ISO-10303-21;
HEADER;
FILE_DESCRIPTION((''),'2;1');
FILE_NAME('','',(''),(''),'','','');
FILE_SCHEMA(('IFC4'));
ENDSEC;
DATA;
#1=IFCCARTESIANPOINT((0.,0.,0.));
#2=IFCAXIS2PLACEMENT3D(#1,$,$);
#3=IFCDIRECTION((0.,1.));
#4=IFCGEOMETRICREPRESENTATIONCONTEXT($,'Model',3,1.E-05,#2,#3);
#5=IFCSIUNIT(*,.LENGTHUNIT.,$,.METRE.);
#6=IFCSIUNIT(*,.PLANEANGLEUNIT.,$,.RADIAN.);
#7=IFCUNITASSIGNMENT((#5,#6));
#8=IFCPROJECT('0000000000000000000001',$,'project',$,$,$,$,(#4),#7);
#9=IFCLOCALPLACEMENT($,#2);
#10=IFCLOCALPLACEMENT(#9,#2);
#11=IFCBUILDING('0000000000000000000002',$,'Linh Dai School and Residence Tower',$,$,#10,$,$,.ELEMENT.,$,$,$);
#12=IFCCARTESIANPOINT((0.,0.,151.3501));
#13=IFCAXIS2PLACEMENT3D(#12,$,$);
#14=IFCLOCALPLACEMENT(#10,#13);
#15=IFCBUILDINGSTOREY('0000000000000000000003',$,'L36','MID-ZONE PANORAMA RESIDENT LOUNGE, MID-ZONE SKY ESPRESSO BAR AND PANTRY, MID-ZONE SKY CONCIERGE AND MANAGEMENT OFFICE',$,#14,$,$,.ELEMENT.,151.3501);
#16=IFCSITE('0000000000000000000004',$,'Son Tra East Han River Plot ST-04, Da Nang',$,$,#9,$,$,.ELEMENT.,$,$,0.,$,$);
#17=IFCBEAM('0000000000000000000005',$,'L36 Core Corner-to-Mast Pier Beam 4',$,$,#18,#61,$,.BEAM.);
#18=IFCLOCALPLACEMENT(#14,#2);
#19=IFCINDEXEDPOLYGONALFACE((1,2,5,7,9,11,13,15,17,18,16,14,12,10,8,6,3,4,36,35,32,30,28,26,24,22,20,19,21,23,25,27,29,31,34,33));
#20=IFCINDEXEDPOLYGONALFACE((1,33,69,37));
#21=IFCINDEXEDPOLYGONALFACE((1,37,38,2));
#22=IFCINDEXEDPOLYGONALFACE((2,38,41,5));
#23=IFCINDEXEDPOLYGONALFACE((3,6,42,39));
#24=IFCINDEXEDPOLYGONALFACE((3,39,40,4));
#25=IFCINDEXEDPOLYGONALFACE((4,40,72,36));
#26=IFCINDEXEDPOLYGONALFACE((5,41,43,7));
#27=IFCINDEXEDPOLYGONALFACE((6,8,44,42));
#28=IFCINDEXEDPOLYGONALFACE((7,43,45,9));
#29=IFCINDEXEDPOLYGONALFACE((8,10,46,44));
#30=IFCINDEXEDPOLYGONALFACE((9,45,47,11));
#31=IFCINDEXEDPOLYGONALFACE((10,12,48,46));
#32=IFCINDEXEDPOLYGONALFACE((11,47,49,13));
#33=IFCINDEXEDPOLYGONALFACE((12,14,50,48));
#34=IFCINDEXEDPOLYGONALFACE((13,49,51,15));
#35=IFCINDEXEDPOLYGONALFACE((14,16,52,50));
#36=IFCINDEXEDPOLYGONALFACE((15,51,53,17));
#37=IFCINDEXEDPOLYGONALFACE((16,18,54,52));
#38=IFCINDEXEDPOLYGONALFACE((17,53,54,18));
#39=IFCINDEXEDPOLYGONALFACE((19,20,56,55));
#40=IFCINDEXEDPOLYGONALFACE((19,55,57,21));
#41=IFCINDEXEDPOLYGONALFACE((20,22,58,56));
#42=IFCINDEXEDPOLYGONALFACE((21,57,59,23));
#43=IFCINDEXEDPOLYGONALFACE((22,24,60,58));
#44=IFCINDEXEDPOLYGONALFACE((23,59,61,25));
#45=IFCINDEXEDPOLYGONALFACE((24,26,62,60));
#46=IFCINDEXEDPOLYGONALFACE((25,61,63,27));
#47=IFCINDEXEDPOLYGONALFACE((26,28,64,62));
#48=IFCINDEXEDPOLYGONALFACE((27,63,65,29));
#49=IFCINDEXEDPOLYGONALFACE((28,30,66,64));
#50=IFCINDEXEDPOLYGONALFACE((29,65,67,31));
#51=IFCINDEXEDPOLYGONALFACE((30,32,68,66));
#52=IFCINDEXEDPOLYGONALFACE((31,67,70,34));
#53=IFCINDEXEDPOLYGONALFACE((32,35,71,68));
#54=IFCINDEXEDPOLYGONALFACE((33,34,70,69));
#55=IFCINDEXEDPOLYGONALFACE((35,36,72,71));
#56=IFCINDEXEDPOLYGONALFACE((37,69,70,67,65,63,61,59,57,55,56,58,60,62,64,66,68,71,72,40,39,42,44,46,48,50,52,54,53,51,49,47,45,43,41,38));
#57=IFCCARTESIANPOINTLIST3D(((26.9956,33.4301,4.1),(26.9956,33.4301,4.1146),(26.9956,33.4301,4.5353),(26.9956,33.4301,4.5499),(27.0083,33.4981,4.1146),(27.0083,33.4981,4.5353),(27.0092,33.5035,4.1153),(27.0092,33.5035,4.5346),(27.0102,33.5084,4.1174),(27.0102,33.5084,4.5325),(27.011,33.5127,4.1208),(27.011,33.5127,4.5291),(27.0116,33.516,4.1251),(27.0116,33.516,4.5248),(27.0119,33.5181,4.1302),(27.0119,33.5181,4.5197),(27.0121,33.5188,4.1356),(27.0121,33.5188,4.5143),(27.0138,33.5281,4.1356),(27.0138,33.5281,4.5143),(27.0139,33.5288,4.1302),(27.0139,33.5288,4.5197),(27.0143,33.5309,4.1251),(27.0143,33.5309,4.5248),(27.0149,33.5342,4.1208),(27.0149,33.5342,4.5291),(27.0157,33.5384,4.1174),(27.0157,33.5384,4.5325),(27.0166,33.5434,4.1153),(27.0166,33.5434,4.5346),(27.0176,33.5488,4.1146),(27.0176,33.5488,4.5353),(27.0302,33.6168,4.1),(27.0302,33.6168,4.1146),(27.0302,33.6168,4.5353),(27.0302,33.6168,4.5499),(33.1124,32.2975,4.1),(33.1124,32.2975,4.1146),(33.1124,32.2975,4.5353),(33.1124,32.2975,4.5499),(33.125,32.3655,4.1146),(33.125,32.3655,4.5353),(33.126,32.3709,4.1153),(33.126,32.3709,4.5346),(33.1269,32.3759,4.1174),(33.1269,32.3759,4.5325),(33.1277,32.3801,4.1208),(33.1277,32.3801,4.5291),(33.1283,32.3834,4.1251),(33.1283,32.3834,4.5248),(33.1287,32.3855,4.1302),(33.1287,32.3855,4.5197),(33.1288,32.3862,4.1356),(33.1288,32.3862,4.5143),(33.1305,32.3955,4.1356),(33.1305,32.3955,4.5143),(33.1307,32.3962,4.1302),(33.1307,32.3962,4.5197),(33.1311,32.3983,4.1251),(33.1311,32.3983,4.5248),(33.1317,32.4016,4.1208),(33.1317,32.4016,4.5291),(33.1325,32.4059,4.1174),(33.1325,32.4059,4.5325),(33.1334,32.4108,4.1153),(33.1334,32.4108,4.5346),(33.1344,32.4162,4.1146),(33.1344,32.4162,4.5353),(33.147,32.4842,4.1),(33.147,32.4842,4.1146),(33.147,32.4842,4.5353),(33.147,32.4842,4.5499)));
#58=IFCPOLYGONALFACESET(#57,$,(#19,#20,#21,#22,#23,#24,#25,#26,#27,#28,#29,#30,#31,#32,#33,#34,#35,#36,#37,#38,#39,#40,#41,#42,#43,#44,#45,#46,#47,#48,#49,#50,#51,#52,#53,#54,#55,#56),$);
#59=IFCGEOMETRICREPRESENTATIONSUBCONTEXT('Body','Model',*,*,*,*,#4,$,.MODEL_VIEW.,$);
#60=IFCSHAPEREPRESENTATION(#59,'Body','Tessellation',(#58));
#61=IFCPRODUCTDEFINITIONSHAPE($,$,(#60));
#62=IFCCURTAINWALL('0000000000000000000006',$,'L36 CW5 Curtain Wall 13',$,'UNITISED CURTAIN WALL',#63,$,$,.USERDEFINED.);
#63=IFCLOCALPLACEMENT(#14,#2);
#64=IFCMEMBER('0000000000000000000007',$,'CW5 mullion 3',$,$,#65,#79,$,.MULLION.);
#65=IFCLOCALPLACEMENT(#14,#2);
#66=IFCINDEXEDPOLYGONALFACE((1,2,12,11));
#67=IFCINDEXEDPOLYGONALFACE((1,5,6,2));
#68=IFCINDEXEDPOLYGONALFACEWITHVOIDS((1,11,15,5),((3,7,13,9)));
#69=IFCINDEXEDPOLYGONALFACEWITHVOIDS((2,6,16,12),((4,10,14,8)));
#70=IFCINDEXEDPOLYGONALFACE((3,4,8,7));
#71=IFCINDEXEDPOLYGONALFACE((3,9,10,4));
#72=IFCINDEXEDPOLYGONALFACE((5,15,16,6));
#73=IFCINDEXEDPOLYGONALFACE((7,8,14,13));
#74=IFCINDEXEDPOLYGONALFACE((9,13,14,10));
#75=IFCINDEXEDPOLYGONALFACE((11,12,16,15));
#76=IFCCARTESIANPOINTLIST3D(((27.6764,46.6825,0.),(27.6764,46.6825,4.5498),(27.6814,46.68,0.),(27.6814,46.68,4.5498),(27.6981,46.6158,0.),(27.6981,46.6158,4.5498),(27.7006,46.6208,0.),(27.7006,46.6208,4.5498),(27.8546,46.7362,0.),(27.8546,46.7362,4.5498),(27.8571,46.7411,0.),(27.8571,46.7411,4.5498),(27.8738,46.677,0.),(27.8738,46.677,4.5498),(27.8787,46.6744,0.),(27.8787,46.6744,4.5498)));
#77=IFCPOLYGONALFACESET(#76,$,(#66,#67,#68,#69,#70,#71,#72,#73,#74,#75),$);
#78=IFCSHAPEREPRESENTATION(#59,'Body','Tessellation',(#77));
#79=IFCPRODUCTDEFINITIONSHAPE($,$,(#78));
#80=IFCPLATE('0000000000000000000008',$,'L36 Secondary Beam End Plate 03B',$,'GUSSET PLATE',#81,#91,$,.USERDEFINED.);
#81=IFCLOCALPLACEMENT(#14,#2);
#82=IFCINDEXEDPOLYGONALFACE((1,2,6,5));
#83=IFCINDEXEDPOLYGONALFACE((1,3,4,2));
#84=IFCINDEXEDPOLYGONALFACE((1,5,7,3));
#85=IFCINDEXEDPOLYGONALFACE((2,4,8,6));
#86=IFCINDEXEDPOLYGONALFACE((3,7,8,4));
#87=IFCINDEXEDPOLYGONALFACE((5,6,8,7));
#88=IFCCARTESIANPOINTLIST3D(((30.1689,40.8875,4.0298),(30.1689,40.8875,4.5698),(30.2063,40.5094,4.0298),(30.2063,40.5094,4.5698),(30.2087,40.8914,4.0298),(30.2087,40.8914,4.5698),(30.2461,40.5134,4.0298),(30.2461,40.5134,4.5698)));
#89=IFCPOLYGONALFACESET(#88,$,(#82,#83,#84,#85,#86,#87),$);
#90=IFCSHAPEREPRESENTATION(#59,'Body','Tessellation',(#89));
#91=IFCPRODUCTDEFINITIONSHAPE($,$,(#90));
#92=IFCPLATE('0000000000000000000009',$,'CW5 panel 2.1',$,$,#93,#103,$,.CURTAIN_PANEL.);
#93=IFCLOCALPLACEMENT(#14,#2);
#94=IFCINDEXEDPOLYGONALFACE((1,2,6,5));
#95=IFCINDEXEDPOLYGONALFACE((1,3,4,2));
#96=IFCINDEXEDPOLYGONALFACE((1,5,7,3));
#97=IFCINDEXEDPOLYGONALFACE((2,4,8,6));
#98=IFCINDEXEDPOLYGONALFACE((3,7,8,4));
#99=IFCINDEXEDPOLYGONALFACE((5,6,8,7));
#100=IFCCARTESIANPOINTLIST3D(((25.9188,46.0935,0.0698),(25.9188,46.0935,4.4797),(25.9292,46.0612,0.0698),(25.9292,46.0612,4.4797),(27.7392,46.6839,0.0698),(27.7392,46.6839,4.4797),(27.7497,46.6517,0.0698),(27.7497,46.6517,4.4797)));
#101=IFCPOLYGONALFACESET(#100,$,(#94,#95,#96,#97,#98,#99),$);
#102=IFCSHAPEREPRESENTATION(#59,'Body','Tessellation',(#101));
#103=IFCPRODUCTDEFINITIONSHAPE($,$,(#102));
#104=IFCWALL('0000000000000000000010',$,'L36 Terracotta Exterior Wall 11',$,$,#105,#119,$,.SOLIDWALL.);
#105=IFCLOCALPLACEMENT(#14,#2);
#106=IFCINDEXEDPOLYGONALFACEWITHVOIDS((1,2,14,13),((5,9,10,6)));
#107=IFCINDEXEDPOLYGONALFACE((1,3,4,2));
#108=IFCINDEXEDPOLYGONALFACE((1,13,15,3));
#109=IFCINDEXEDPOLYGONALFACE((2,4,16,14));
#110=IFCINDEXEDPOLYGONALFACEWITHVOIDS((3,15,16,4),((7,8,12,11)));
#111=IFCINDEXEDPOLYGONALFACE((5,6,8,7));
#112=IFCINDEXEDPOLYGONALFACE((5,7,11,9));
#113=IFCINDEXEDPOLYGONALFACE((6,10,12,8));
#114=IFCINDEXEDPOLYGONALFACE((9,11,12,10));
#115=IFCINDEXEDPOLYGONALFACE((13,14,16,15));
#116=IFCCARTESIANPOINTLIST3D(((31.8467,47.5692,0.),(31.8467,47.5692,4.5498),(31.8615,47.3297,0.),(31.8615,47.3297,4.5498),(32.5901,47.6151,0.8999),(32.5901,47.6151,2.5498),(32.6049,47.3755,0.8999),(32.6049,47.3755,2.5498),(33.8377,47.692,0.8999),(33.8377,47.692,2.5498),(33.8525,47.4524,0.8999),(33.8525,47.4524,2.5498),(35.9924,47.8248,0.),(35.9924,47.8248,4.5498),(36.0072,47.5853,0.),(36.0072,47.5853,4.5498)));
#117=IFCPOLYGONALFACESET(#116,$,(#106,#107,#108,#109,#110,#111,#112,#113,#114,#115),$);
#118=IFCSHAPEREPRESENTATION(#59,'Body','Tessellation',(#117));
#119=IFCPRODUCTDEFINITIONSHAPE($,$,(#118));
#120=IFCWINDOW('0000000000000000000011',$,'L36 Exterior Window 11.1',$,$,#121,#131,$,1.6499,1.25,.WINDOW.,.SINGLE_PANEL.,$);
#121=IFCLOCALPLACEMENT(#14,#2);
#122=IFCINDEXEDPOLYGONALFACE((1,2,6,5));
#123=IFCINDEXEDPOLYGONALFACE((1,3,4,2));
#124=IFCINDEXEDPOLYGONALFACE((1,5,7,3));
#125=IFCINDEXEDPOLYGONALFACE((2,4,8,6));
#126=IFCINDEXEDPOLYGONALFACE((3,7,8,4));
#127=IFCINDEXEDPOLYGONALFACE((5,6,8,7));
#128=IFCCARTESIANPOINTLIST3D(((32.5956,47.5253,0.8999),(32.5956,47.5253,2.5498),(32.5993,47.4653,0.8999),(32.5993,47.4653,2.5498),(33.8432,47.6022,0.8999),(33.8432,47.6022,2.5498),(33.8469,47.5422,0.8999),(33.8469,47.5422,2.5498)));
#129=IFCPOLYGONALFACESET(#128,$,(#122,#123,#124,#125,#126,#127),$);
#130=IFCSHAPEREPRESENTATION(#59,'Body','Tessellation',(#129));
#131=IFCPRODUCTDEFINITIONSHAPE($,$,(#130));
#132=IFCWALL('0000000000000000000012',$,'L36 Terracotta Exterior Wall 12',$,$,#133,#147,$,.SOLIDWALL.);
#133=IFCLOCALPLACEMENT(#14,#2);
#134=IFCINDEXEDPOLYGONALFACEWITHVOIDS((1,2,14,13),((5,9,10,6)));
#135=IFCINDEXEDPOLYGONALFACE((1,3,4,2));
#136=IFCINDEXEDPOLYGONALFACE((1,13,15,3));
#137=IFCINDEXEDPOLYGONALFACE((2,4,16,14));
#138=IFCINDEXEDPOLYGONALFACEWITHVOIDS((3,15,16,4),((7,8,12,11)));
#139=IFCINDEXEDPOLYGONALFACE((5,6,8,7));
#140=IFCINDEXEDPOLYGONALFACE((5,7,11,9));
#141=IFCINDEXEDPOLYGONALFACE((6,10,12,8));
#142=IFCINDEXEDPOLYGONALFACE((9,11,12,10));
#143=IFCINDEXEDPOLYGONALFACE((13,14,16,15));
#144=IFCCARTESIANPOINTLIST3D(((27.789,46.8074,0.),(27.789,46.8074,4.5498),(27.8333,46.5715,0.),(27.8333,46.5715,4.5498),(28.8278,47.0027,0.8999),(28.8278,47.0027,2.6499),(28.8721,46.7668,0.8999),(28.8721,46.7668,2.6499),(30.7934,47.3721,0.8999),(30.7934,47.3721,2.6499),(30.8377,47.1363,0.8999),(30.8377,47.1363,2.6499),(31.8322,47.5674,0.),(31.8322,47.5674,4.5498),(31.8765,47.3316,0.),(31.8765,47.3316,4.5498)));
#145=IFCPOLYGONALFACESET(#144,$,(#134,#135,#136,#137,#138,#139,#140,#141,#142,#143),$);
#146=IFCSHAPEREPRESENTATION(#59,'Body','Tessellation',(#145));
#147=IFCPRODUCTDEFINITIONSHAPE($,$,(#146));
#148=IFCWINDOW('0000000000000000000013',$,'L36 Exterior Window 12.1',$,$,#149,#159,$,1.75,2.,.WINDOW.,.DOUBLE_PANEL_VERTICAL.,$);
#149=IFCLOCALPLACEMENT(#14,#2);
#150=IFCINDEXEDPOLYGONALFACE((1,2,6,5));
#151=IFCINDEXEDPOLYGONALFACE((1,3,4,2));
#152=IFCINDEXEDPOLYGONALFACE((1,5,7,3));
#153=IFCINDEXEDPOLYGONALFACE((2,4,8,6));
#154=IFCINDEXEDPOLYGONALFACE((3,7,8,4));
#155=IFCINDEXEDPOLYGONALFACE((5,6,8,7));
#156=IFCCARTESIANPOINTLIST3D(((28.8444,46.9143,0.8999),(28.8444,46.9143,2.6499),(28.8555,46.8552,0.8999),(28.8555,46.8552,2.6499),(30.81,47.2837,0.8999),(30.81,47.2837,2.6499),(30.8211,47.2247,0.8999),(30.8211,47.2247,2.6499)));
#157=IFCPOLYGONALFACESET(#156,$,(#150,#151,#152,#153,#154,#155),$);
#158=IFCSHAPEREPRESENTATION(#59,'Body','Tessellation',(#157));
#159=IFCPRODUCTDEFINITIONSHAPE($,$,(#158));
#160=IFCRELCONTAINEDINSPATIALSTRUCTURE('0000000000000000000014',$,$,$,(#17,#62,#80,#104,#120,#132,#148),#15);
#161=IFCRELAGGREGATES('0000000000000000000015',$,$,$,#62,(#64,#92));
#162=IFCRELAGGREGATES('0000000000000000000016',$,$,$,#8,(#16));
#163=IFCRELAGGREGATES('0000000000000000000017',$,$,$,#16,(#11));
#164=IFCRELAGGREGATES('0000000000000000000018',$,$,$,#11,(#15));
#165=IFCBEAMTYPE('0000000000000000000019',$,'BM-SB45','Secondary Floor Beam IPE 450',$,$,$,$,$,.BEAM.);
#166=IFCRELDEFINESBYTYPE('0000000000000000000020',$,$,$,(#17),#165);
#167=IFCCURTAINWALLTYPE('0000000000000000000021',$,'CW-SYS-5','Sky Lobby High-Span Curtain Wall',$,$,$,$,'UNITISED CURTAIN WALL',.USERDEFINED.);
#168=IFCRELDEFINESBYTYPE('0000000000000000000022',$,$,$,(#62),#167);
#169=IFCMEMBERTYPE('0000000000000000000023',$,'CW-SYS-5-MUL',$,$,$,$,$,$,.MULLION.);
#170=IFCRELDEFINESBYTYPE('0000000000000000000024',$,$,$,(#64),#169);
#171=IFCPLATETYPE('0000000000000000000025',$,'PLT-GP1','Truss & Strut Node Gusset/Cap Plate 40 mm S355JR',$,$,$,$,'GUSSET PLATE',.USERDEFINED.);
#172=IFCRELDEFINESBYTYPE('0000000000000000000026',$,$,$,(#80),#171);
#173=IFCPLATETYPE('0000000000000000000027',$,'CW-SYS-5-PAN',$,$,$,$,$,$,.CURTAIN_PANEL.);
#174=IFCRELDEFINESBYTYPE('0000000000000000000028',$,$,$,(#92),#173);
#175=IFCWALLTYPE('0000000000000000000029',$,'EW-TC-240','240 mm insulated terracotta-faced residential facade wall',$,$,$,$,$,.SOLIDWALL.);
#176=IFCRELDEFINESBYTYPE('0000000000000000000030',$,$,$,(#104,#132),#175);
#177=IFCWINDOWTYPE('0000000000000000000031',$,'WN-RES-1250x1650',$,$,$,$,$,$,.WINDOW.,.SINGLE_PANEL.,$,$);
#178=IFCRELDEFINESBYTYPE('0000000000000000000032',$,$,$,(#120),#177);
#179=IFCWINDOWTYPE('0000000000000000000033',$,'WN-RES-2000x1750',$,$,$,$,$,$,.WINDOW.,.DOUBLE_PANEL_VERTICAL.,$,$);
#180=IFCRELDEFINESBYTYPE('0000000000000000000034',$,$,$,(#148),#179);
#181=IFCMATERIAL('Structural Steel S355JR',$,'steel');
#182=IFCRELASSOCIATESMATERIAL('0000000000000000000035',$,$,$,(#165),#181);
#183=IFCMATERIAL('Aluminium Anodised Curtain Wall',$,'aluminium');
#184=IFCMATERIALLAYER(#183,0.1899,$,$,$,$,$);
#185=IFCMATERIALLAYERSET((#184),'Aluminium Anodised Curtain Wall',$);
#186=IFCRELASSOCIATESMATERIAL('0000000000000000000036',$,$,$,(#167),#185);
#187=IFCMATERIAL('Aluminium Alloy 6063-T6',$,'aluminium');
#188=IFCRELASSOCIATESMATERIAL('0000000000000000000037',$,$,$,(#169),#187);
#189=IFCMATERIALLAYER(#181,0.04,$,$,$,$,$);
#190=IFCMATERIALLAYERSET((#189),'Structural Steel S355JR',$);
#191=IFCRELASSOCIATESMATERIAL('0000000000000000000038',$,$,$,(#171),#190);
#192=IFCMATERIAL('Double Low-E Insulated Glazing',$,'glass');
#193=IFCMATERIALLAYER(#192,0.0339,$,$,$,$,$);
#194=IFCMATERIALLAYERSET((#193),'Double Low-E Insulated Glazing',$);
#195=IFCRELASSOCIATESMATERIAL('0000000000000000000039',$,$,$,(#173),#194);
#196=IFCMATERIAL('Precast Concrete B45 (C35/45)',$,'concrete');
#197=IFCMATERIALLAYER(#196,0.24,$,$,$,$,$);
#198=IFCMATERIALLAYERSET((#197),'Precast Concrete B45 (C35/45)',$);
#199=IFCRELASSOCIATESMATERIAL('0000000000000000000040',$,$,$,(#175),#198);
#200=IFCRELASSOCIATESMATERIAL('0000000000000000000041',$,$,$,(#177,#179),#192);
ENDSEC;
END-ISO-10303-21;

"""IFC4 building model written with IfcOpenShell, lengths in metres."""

from ifc_helpers import new_model, si_unit, direction, frame, frame_2d, origin, origin_2d, place, context, subcontext, project, spatial, rectangle, hollow_rectangle, i_section, extrude, source, transform, mapped, material, layer, layer_set, material_profile, profile_set, type_object, element, fill, aggregate, save


model = new_model("IFC4")

# Units and contexts
model_context = context("Model", 3, precision=1e-05, world=origin(), true_north=direction((0.0, 1.0)))
body_context = subcontext(model_context, "Body", "Model", "MODEL_VIEW")
ifc_project = project(units=[si_unit("LENGTHUNIT", "METRE"), si_unit("PLANEANGLEUNIT", "RADIAN")], contexts=[model_context])

# Site, building, storey
site_placement = place(None, origin())
site = spatial("IfcSite", under=ifc_project, at=site_placement, Name="Son Tra East Han River Plot ST-04, Da Nang", CompositionType="ELEMENT", RefElevation=0.0)
building_placement = place(site_placement, origin())
building = spatial("IfcBuilding", under=site, at=building_placement, Name="Linh Dai School and Residence Tower", CompositionType="ELEMENT")
storey_placement = place(building_placement, frame((0.0, 0.0, 151.3501)))
storey = spatial("IfcBuildingStorey", under=building, at=storey_placement, Name="L36", Description="MID-ZONE PANORAMA RESIDENT LOUNGE, MID-ZONE SKY ESPRESSO BAR AND PANTRY, MID-ZONE SKY CONCIERGE AND MANAGEMENT OFFICE", CompositionType="ELEMENT", Elevation=151.3501)

# Shared definitions
ifc_material_1 = material(Name="Structural Steel S355JR", Category="steel")

# Beam
ifc_material_profile_1 = material_profile(ifc_material_1, i_section(OverallWidth=0.1899, OverallDepth=0.45, WebThickness=0.0095, FlangeThickness=0.0146, FilletRadius=0.021, at=origin_2d()), Name="IPE 450")
ifc_profile_set_1 = profile_set([ifc_material_profile_1], Name="Structural Steel S355JR")
beam_type_1 = type_object("IfcBeamType", Name="BM-SB45", Description="Secondary Floor Beam IPE 450", PredefinedType="BEAM", material=ifc_profile_set_1)
beam_1_placement = place(storey_placement, frame((27.0129, 33.5234, 4.325), z_axis=(0.983286, -0.182065, 0.0), x_axis=(0.182065, 0.983286, 0.0)))
element("IfcBeam", 1, at=beam_1_placement, inside=storey, type_object=beam_type_1, Name="L36 Core Corner-to-Mast Pier Beam 4", PredefinedType="BEAM", context=body_context, shape_type="SweptSolid", body=[
    extrude(i_section(OverallWidth=0.1899, OverallDepth=0.45, WebThickness=0.0095, FlangeThickness=0.0146, FilletRadius=0.021, at=origin_2d()), origin(), (0.0, 0.0, 1.0), 6.2207),
])

# Curtain wall, member
ifc_material_2 = material(Name="Aluminium Anodised Curtain Wall", Category="aluminium")
ifc_layer_1 = layer(ifc_material_2, 0.1899)
ifc_layer_set_1 = layer_set([ifc_layer_1], Name="Aluminium Anodised Curtain Wall")
curtain_wall_type = type_object("IfcCurtainWallType", Name="CW-SYS-5", Description="Sky Lobby High-Span Curtain Wall", ElementType="UNITISED CURTAIN WALL", PredefinedType="USERDEFINED", material=ifc_layer_set_1)
curtain_wall_placement = place(storey_placement, origin())
curtain_wall = element("IfcCurtainWall", 2, at=curtain_wall_placement, inside=storey, type_object=curtain_wall_type, Name="L36 CW5 Curtain Wall 13", ObjectType="UNITISED CURTAIN WALL", PredefinedType="USERDEFINED")
ifc_material_3 = material(Name="Aluminium Alloy 6063-T6", Category="aluminium")
ifc_material_profile_2 = material_profile(ifc_material_3, hollow_rectangle(XDim=0.0701, YDim=0.1899, WallThickness=0.0039, at=origin_2d()), Name="RHS 190x70x4")
ifc_profile_set_2 = profile_set([ifc_material_profile_2], Name="Aluminium Alloy 6063-T6")
member_type = type_object("IfcMemberType", Name="CW-SYS-5-MUL", PredefinedType="MULLION", material=ifc_profile_set_2)
shared_shape_1 = source(origin(), body_context, "Body", "SweptSolid", [
    extrude(hollow_rectangle(XDim=0.0701, YDim=0.1899, WallThickness=0.0039, at=origin_2d()), origin(), (0.0, 0.0, 1.0), 4.5498),
])
member_placement = place(storey_placement, frame((27.7776, 46.6785, 0.0), z_axis=(0.0, 0.0, 1.0), x_axis=(-0.308536, 0.951213, 0.0)))
member = element("IfcMember", 3, at=member_placement, type_object=member_type, Name="CW5 mullion 3", PredefinedType="MULLION", context=body_context, shape_type="MappedRepresentation", body=[
    mapped(shared_shape_1, transform((0.0, 0.0, 0.0), x_axis=(1.0, 0.0, 0.0), y_axis=(0.0, 1.0, 0.0), z_axis=(0.0, 0.0, 1.0), scale=1.0)),
])

# Plates
ifc_layer_2 = layer(ifc_material_1, 0.04)
ifc_layer_set_2 = layer_set([ifc_layer_2], Name="Structural Steel S355JR")
plate_type_1 = type_object("IfcPlateType", Name="PLT-GP1", Description="Truss & Strut Node Gusset/Cap Plate 40 mm S355JR", ElementType="GUSSET PLATE", PredefinedType="USERDEFINED", material=ifc_layer_set_2)
shared_shape_2 = source(origin(), body_context, "Body", "SweptSolid", [
    extrude(rectangle(XDim=0.04, YDim=0.3799, at=origin_2d()), origin(), (0.0, 0.0, 1.0), 0.54),
])
plate_1_placement = place(storey_placement, frame((30.2075, 40.7004, 4.0298), z_axis=(0.0, 0.0, 1.0), x_axis=(-0.995145, -0.098423, 0.0)))
element("IfcPlate", 4, at=plate_1_placement, inside=storey, type_object=plate_type_1, Name="L36 Secondary Beam End Plate 03B", ObjectType="GUSSET PLATE", PredefinedType="USERDEFINED", context=body_context, shape_type="MappedRepresentation", body=[
    mapped(shared_shape_2, transform((0.0, 0.0, 0.0), x_axis=(1.0, 0.0, 0.0), y_axis=(0.0, 1.0, 0.0), z_axis=(0.0, 0.0, 1.0), scale=1.0)),
])
ifc_material_4 = material(Name="Double Low-E Insulated Glazing", Category="glass")
ifc_layer_3 = layer(ifc_material_4, 0.0339)
ifc_layer_set_3 = layer_set([ifc_layer_3], Name="Double Low-E Insulated Glazing")
plate_type_2 = type_object("IfcPlateType", Name="CW-SYS-5-PAN", PredefinedType="CURTAIN_PANEL", material=ifc_layer_set_3)
shared_shape_3 = source(origin(), body_context, "Body", "SweptSolid", [
    extrude(rectangle(XDim=1.9138, YDim=0.0339, at=origin_2d()), origin(), (0.0, 0.0, 1.0), 4.4099),
])
plate_2_placement = place(storey_placement, frame((26.8342, 46.3726, 0.0698), z_axis=(0.0, 0.0, 1.0), x_axis=(0.951213, 0.308536, 0.0)))
plate_2 = element("IfcPlate", 5, at=plate_2_placement, type_object=plate_type_2, Name="CW5 panel 2.1", PredefinedType="CURTAIN_PANEL", context=body_context, shape_type="MappedRepresentation", body=[
    mapped(shared_shape_3, transform((0.0, 0.0, 0.0), x_axis=(1.0, 0.0, 0.0), y_axis=(0.0, 1.0, 0.0), z_axis=(0.0, 0.0, 1.0), scale=1.0)),
])
aggregate(curtain_wall, [member, plate_2])

# Walls, openings, windows
ifc_material_5 = material(Name="Precast Concrete B45 (C35/45)", Category="concrete")
ifc_layer_4 = layer(ifc_material_5, 0.24)
ifc_layer_set_4 = layer_set([ifc_layer_4], Name="Precast Concrete B45 (C35/45)")
wall_type_1 = type_object("IfcWallType", Name="EW-TC-240", Description="240 mm insulated terracotta-faced residential facade wall", PredefinedType="SOLIDWALL", material=ifc_layer_set_4)
wall_1_placement = place(storey_placement, frame((31.8542, 47.4495, 0.0), z_axis=(0.0, 0.0, 1.0), x_axis=(0.998105, 0.06154, 0.0)))
wall_1 = element("IfcWall", 6, at=wall_1_placement, inside=storey, type_object=wall_type_1, Name="L36 Terracotta Exterior Wall 11", PredefinedType="SOLIDWALL", context=body_context, shape_type="SweptSolid", body=[
    extrude(rectangle(XDim=4.1536, YDim=0.24, at=frame_2d((2.0767, 0.0))), origin(), (0.0, 0.0, 1.0), 4.5498),
])
opening_1_placement = place(wall_1_placement, frame((0.7446, 0.0, 0.8999)))
opening_1 = element("IfcOpeningElement", 7, at=opening_1_placement, cuts=wall_1, PredefinedType="OPENING", context=body_context, shape_type="SweptSolid", body=[
    extrude(rectangle(XDim=1.25, YDim=1.6499, at=origin_2d()), frame((0.625, 0.1299, 0.825), z_axis=(0.0, -1.0, 0.0), x_axis=(1.0, 0.0, 0.0)), (0.0, 0.0, 1.0), 0.26),
])
window_type_1 = type_object("IfcWindowType", Name="WN-RES-1250x1650", PartitioningType="SINGLE_PANEL", PredefinedType="WINDOW", material=ifc_material_4)
shared_shape_4 = source(origin(), body_context, "Body", "SweptSolid", [
    extrude(rectangle(XDim=1.25, YDim=1.6499, at=origin_2d()), frame((0.625, 0.03, 0.825), z_axis=(0.0, -1.0, 0.0), x_axis=(1.0, 0.0, 0.0)), (0.0, 0.0, 1.0), 0.0601),
])
window_1_placement = place(opening_1_placement, origin())
window_1 = element("IfcWindow", 8, at=window_1_placement, inside=storey, type_object=window_type_1, Name="L36 Exterior Window 11.1", OverallHeight=1.6499, OverallWidth=1.25, PartitioningType="SINGLE_PANEL", PredefinedType="WINDOW", context=body_context, shape_type="MappedRepresentation", body=[
    mapped(shared_shape_4, transform((0.0, 0.0, 0.0), x_axis=(1.0, 0.0, 0.0), y_axis=(0.0, 1.0, 0.0), z_axis=(0.0, 0.0, 1.0), scale=1.0)),
])
fill(opening_1, window_1)
wall_2_placement = place(storey_placement, frame((27.811, 46.6895, 0.0), z_axis=(0.0, 0.0, 1.0), x_axis=(0.982788, 0.184736, 0.0)))
wall_2 = element("IfcWall", 9, at=wall_2_placement, inside=storey, type_object=wall_type_1, Name="L36 Terracotta Exterior Wall 12", PredefinedType="SOLIDWALL", context=body_context, shape_type="SweptSolid", body=[
    extrude(rectangle(XDim=4.114, YDim=0.24, at=frame_2d((2.0571, 0.0))), origin(), (0.0, 0.0, 1.0), 4.5498),
])
opening_2_placement = place(wall_2_placement, frame((1.0571, 0.0, 0.8999)))
opening_2 = element("IfcOpeningElement", 10, at=opening_2_placement, cuts=wall_2, PredefinedType="OPENING", context=body_context, shape_type="SweptSolid", body=[
    extrude(rectangle(XDim=2.0, YDim=1.75, at=origin_2d()), frame((1.0, 0.1299, 0.875), z_axis=(0.0, -1.0, 0.0), x_axis=(1.0, 0.0, 0.0)), (0.0, 0.0, 1.0), 0.26),
])
window_type_2 = type_object("IfcWindowType", Name="WN-RES-2000x1750", PartitioningType="DOUBLE_PANEL_VERTICAL", PredefinedType="WINDOW", material=ifc_material_4)
shared_shape_5 = source(origin(), body_context, "Body", "SweptSolid", [
    extrude(rectangle(XDim=2.0, YDim=1.75, at=origin_2d()), frame((1.0, 0.03, 0.875), z_axis=(0.0, -1.0, 0.0), x_axis=(1.0, 0.0, 0.0)), (0.0, 0.0, 1.0), 0.0601),
])
window_2_placement = place(opening_2_placement, origin())
window_2 = element("IfcWindow", 11, at=window_2_placement, inside=storey, type_object=window_type_2, Name="L36 Exterior Window 12.1", OverallHeight=1.75, OverallWidth=2.0, PartitioningType="DOUBLE_PANEL_VERTICAL", PredefinedType="WINDOW", context=body_context, shape_type="MappedRepresentation", body=[
    mapped(shared_shape_5, transform((0.0, 0.0, 0.0), x_axis=(1.0, 0.0, 0.0), y_axis=(0.0, 1.0, 0.0), z_axis=(0.0, 0.0, 1.0), scale=1.0)),
])
fill(opening_2, window_2)

save(model, "model.ifc")
